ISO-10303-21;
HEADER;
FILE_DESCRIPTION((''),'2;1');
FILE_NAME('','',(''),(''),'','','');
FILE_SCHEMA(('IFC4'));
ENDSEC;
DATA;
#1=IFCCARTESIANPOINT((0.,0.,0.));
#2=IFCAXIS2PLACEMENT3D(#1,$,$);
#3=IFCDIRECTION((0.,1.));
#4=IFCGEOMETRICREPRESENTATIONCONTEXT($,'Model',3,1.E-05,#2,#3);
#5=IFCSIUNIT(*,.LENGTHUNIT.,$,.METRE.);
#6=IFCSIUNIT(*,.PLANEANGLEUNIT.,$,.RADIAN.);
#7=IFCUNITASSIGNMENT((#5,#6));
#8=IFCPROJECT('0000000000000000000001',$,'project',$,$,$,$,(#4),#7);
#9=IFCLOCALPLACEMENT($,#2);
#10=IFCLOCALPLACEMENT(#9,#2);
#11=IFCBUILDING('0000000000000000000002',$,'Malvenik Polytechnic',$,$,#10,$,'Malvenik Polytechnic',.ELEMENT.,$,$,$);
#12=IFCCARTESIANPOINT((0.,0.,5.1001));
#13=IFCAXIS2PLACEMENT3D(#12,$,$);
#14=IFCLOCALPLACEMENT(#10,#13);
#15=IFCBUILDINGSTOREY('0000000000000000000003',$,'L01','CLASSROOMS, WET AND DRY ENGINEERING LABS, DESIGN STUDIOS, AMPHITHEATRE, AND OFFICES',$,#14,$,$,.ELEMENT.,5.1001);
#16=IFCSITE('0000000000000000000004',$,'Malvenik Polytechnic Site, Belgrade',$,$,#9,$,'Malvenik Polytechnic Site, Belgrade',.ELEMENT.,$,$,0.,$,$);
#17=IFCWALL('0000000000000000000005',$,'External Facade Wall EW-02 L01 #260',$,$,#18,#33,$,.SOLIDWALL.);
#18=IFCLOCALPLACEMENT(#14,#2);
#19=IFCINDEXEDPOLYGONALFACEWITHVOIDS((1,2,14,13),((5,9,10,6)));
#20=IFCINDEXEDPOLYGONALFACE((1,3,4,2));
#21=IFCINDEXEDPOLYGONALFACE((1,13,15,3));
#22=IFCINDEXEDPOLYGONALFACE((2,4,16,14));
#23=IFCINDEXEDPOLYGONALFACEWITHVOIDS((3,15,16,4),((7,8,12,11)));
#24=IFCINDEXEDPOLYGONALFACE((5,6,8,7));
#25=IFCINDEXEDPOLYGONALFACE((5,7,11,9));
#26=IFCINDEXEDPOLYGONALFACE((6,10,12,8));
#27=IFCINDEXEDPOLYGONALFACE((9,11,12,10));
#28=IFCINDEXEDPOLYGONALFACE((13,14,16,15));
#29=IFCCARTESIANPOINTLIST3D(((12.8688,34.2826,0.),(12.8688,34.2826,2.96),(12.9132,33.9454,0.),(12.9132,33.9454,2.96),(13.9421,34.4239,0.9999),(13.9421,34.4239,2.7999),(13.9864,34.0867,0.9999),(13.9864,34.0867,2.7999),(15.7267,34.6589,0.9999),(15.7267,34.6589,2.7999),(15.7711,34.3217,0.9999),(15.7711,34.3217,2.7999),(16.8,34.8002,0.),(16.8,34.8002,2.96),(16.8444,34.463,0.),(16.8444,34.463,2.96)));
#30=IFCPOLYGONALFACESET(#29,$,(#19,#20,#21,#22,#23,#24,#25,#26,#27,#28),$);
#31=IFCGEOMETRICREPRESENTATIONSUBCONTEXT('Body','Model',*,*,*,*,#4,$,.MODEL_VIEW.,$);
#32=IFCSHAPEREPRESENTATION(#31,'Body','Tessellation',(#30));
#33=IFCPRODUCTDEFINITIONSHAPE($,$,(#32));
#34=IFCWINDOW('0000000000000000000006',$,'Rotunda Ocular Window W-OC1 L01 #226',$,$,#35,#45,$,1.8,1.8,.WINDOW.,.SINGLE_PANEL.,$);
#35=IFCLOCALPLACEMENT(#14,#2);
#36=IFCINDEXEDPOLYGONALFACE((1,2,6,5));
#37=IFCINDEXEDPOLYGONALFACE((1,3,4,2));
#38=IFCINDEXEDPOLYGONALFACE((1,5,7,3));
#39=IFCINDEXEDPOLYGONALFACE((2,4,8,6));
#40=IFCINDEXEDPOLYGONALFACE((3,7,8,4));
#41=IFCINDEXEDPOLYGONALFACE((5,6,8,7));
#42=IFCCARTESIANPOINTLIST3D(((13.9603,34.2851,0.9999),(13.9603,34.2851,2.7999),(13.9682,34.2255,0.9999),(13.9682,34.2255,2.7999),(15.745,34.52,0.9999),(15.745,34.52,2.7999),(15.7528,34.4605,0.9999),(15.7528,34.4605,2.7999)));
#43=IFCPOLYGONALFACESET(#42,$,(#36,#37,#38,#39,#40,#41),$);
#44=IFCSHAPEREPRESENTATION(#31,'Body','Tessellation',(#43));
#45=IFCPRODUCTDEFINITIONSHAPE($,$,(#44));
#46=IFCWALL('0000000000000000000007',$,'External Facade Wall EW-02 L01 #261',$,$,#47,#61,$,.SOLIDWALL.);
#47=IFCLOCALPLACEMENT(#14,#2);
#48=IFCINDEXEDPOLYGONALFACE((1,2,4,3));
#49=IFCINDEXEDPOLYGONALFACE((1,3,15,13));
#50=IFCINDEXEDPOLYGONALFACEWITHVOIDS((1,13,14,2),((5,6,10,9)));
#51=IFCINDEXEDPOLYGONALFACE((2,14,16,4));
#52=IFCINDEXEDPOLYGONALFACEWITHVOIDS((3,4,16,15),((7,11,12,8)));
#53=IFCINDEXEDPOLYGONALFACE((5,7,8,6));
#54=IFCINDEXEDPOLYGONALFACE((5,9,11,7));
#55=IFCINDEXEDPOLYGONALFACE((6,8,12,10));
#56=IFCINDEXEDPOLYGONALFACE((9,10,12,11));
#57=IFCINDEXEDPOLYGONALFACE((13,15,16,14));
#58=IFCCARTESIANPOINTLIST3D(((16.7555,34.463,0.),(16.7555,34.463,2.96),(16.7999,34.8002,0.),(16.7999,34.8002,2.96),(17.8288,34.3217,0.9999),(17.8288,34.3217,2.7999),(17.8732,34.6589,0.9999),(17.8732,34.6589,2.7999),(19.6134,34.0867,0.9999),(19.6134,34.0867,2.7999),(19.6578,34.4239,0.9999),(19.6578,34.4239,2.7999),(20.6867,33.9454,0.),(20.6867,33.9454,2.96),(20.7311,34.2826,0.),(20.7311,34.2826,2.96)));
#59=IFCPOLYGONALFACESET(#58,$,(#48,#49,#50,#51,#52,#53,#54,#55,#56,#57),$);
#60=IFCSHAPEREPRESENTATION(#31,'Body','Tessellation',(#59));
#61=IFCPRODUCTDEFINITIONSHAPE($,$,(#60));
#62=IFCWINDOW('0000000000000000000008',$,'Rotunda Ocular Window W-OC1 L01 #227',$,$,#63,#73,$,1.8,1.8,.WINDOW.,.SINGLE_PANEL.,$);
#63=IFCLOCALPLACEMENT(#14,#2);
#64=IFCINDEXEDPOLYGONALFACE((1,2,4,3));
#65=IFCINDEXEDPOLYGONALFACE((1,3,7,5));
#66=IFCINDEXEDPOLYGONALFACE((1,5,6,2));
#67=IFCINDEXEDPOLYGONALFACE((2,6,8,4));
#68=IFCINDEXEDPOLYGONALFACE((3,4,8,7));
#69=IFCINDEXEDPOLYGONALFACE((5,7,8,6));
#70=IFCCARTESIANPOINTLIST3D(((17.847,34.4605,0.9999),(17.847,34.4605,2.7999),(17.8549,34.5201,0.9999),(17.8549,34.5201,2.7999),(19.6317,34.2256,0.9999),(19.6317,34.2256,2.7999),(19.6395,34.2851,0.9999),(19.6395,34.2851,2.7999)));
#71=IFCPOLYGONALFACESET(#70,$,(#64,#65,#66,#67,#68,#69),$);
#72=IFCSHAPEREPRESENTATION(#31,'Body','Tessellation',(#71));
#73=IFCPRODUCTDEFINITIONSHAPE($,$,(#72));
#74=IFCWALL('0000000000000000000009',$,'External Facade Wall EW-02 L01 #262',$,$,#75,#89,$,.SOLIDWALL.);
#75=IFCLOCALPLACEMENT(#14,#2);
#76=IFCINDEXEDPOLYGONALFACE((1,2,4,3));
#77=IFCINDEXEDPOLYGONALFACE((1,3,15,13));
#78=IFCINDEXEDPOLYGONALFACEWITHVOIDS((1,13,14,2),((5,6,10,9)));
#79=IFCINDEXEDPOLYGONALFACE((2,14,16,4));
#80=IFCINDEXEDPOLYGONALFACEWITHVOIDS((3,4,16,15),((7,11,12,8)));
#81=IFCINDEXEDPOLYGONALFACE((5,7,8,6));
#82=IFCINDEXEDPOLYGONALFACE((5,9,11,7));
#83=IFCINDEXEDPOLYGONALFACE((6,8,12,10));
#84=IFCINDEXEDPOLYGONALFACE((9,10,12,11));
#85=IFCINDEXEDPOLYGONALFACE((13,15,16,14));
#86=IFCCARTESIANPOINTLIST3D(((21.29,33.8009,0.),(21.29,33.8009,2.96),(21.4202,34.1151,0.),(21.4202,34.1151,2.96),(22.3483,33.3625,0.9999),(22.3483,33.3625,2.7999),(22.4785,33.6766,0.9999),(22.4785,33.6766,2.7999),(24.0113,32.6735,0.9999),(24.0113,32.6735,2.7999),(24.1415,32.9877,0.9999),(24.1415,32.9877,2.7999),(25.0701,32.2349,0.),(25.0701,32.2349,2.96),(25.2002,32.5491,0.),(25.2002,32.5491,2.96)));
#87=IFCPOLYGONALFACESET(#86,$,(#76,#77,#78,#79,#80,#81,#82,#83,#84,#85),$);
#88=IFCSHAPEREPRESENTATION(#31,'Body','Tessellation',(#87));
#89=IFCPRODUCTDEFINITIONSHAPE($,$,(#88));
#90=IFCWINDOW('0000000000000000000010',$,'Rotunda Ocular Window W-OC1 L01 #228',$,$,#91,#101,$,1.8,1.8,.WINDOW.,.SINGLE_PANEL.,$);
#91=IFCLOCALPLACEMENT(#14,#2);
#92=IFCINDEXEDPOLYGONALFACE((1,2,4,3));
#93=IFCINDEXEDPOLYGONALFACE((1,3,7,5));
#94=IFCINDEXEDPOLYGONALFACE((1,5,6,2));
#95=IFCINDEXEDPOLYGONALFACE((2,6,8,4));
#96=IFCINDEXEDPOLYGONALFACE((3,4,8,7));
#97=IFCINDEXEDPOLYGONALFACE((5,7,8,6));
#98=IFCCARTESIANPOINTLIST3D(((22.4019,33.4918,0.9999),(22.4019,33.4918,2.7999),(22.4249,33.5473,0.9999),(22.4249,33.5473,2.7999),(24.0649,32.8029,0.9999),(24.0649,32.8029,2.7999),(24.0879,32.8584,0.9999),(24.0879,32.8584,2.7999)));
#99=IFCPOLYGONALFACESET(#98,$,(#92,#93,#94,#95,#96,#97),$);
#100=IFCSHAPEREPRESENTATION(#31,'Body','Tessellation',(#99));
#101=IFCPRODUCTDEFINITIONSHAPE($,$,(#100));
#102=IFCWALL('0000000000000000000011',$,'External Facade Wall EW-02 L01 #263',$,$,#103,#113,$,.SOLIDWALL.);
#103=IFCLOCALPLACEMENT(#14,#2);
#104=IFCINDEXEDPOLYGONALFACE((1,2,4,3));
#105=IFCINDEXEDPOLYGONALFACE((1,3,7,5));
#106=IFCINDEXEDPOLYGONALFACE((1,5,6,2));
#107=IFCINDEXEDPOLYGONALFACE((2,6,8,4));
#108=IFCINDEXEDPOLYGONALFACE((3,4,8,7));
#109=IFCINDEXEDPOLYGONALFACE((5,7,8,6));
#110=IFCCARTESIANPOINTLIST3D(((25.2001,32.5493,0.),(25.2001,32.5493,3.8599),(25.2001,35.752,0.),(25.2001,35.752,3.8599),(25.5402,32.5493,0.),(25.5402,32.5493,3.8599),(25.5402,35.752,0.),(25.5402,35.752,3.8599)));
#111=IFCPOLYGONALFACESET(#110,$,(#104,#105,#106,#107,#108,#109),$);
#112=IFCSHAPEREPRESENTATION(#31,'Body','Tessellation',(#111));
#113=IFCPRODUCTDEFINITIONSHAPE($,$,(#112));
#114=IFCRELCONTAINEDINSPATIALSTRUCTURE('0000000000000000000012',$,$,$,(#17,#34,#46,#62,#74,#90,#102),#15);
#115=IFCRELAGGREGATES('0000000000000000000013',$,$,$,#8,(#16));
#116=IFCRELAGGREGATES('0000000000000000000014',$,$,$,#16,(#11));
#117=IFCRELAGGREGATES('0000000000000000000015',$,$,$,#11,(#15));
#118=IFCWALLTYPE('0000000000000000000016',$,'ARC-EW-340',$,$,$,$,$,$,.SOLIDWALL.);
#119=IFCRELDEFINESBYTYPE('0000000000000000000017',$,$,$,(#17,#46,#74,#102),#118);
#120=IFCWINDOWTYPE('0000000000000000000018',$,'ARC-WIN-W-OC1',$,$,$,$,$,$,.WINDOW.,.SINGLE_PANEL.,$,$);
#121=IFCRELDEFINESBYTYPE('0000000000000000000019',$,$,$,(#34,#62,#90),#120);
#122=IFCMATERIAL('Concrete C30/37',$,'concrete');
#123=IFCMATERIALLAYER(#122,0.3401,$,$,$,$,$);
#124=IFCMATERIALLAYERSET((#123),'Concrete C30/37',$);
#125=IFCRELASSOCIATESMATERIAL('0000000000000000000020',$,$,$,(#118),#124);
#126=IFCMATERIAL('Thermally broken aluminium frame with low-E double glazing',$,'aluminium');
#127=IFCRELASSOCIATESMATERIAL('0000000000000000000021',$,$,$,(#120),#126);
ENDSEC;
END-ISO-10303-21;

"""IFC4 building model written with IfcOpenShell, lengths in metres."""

from ifc_helpers import new_model, si_unit, direction, frame, frame_2d, origin, place, context, subcontext, project, spatial, rectangle, extrude, material, layer, layer_set, type_object, element, fill, save


model = new_model("IFC4")

# Units and contexts
model_context = context("Model", 3, precision=1e-05, world=origin(), true_north=direction((0.0, 1.0)))
body_context = subcontext(model_context, "Body", "Model", "MODEL_VIEW")
ifc_project = project(units=[si_unit("LENGTHUNIT", "METRE"), si_unit("PLANEANGLEUNIT", "RADIAN")], contexts=[model_context])

# Site, building, storey
site_placement = place(None, origin())
site = spatial("IfcSite", under=ifc_project, at=site_placement, Name="Malvenik Polytechnic Site, Belgrade", LongName="Malvenik Polytechnic Site, Belgrade", CompositionType="ELEMENT", RefElevation=0.0)
building_placement = place(site_placement, origin())
building = spatial("IfcBuilding", under=site, at=building_placement, Name="Malvenik Polytechnic", LongName="Malvenik Polytechnic", CompositionType="ELEMENT")
storey_placement = place(building_placement, frame((0.0, 0.0, 5.1001)))
storey = spatial("IfcBuildingStorey", under=building, at=storey_placement, Name="L01", Description="CLASSROOMS, WET AND DRY ENGINEERING LABS, DESIGN STUDIOS, AMPHITHEATRE, AND OFFICES", CompositionType="ELEMENT", Elevation=5.1001)

# Walls, openings, windows
ifc_material_1 = material(Name="Concrete C30/37", Category="concrete")
ifc_layer_1 = layer(ifc_material_1, 0.3401)
ifc_layer_set_1 = layer_set([ifc_layer_1], Name="Concrete C30/37")
wall_type = type_object("IfcWallType", Name="ARC-EW-340", PredefinedType="SOLIDWALL", material=ifc_layer_set_1)
ifc_material_2 = material(Name="Thermally broken aluminium frame with low-E double glazing", Category="aluminium")
window_type = type_object("IfcWindowType", Name="ARC-WIN-W-OC1", PartitioningType="SINGLE_PANEL", PredefinedType="WINDOW", material=ifc_material_2)
wall_1_placement = place(storey_placement, frame((12.8911, 34.114, 0.0), z_axis=(0.0, 0.0, 1.0), x_axis=(0.991444, 0.130534, 0.0)))
wall_1 = element("IfcWall", 1, at=wall_1_placement, inside=storey, type_object=wall_type, Name="External Facade Wall EW-02 L01 #260", PredefinedType="SOLIDWALL", context=body_context, shape_type="SweptSolid", body=[
    extrude(rectangle(XDim=3.9651, YDim=0.3401, at=frame_2d((1.9824, 0.0))), origin(), (0.0, 0.0, 1.0), 2.96),
])
opening_1_placement = place(wall_1_placement, frame((1.0825, 0.0, 1.0)))
opening_1 = element("IfcOpeningElement", 2, at=opening_1_placement, cuts=wall_1, PredefinedType="OPENING", context=body_context, shape_type="SweptSolid", body=[
    extrude(rectangle(XDim=1.8, YDim=1.8, at=frame_2d((0.8999, 0.8999))), frame((0.0, 0.1802, 0.0), z_axis=(0.0, -1.0, 0.0), x_axis=(1.0, 0.0, 0.0)), (0.0, 0.0, 1.0), 0.3601),
])
window_1_placement = place(opening_1_placement, origin())
window_1 = element("IfcWindow", 3, at=window_1_placement, inside=storey, type_object=window_type, Name="Rotunda Ocular Window W-OC1 L01 #226", OverallHeight=1.8, OverallWidth=1.8, PartitioningType="SINGLE_PANEL", PredefinedType="WINDOW", context=body_context, shape_type="SweptSolid", body=[
    extrude(rectangle(XDim=1.8, YDim=1.8, at=frame_2d((0.8999, 0.8999))), frame((0.0, 0.03, 0.0), z_axis=(0.0, -1.0, 0.0), x_axis=(1.0, 0.0, 0.0)), (0.0, 0.0, 1.0), 0.0601),
])
fill(opening_1, window_1)
wall_2_placement = place(storey_placement, frame((16.7778, 34.6316, 0.0), z_axis=(0.0, 0.0, 1.0), x_axis=(0.991444, -0.130534, 0.0)))
wall_2 = element("IfcWall", 4, at=wall_2_placement, inside=storey, type_object=wall_type, Name="External Facade Wall EW-02 L01 #261", PredefinedType="SOLIDWALL", context=body_context, shape_type="SweptSolid", body=[
    extrude(rectangle(XDim=3.9651, YDim=0.3401, at=frame_2d((1.9824, 0.0))), origin(), (0.0, 0.0, 1.0), 2.96),
])
opening_2_placement = place(wall_2_placement, frame((1.0825, 0.0, 1.0)))
opening_2 = element("IfcOpeningElement", 5, at=opening_2_placement, cuts=wall_2, PredefinedType="OPENING", context=body_context, shape_type="SweptSolid", body=[
    extrude(rectangle(XDim=1.8, YDim=1.8, at=frame_2d((0.8999, 0.8999))), frame((0.0, 0.1802, 0.0), z_axis=(0.0, -1.0, 0.0), x_axis=(1.0, 0.0, 0.0)), (0.0, 0.0, 1.0), 0.3601),
])
window_2_placement = place(opening_2_placement, origin())
window_2 = element("IfcWindow", 6, at=window_2_placement, inside=storey, type_object=window_type, Name="Rotunda Ocular Window W-OC1 L01 #227", OverallHeight=1.8, OverallWidth=1.8, PartitioningType="SINGLE_PANEL", PredefinedType="WINDOW", context=body_context, shape_type="SweptSolid", body=[
    extrude(rectangle(XDim=1.8, YDim=1.8, at=frame_2d((0.8999, 0.8999))), frame((0.0, 0.03, 0.0), z_axis=(0.0, -1.0, 0.0), x_axis=(1.0, 0.0, 0.0)), (0.0, 0.0, 1.0), 0.0601),
])
fill(opening_2, window_2)
wall_3_placement = place(storey_placement, frame((21.355, 33.958, 0.0), z_axis=(0.0, 0.0, 1.0), x_axis=(0.923864, -0.382721, 0.0)))
wall_3 = element("IfcWall", 7, at=wall_3_placement, inside=storey, type_object=wall_type, Name="External Facade Wall EW-02 L01 #262", PredefinedType="SOLIDWALL", context=body_context, shape_type="SweptSolid", body=[
    extrude(rectangle(XDim=4.0916, YDim=0.3401, at=frame_2d((2.0459, 0.0))), origin(), (0.0, 0.0, 1.0), 2.96),
])
opening_3_placement = place(wall_3_placement, frame((1.1458, 0.0, 1.0)))
opening_3 = element("IfcOpeningElement", 8, at=opening_3_placement, cuts=wall_3, PredefinedType="OPENING", context=body_context, shape_type="SweptSolid", body=[
    extrude(rectangle(XDim=1.8, YDim=1.8, at=frame_2d((0.8999, 0.8999))), frame((0.0, 0.1802, 0.0), z_axis=(0.0, -1.0, 0.0), x_axis=(1.0, 0.0, 0.0)), (0.0, 0.0, 1.0), 0.3601),
])
window_3_placement = place(opening_3_placement, origin())
window_3 = element("IfcWindow", 9, at=window_3_placement, inside=storey, type_object=window_type, Name="Rotunda Ocular Window W-OC1 L01 #228", OverallHeight=1.8, OverallWidth=1.8, PartitioningType="SINGLE_PANEL", PredefinedType="WINDOW", context=body_context, shape_type="SweptSolid", body=[
    extrude(rectangle(XDim=1.8, YDim=1.8, at=frame_2d((0.8999, 0.8999))), frame((0.0, 0.03, 0.0), z_axis=(0.0, -1.0, 0.0), x_axis=(1.0, 0.0, 0.0)), (0.0, 0.0, 1.0), 0.0601),
])
fill(opening_3, window_3)

# Wall
wall_4_placement = place(storey_placement, frame((25.3701, 32.5493, 0.0), z_axis=(0.0, 0.0, 1.0), x_axis=(0.0, 1.0, 0.0)))
element("IfcWall", 10, at=wall_4_placement, inside=storey, type_object=wall_type, Name="External Facade Wall EW-02 L01 #263", PredefinedType="SOLIDWALL", context=body_context, shape_type="SweptSolid", body=[
    extrude(rectangle(XDim=3.2026, YDim=0.3401, at=frame_2d((1.6013, 0.0))), origin(), (0.0, 0.0, 1.0), 3.8599),
])

save(model, "model.ifc")
